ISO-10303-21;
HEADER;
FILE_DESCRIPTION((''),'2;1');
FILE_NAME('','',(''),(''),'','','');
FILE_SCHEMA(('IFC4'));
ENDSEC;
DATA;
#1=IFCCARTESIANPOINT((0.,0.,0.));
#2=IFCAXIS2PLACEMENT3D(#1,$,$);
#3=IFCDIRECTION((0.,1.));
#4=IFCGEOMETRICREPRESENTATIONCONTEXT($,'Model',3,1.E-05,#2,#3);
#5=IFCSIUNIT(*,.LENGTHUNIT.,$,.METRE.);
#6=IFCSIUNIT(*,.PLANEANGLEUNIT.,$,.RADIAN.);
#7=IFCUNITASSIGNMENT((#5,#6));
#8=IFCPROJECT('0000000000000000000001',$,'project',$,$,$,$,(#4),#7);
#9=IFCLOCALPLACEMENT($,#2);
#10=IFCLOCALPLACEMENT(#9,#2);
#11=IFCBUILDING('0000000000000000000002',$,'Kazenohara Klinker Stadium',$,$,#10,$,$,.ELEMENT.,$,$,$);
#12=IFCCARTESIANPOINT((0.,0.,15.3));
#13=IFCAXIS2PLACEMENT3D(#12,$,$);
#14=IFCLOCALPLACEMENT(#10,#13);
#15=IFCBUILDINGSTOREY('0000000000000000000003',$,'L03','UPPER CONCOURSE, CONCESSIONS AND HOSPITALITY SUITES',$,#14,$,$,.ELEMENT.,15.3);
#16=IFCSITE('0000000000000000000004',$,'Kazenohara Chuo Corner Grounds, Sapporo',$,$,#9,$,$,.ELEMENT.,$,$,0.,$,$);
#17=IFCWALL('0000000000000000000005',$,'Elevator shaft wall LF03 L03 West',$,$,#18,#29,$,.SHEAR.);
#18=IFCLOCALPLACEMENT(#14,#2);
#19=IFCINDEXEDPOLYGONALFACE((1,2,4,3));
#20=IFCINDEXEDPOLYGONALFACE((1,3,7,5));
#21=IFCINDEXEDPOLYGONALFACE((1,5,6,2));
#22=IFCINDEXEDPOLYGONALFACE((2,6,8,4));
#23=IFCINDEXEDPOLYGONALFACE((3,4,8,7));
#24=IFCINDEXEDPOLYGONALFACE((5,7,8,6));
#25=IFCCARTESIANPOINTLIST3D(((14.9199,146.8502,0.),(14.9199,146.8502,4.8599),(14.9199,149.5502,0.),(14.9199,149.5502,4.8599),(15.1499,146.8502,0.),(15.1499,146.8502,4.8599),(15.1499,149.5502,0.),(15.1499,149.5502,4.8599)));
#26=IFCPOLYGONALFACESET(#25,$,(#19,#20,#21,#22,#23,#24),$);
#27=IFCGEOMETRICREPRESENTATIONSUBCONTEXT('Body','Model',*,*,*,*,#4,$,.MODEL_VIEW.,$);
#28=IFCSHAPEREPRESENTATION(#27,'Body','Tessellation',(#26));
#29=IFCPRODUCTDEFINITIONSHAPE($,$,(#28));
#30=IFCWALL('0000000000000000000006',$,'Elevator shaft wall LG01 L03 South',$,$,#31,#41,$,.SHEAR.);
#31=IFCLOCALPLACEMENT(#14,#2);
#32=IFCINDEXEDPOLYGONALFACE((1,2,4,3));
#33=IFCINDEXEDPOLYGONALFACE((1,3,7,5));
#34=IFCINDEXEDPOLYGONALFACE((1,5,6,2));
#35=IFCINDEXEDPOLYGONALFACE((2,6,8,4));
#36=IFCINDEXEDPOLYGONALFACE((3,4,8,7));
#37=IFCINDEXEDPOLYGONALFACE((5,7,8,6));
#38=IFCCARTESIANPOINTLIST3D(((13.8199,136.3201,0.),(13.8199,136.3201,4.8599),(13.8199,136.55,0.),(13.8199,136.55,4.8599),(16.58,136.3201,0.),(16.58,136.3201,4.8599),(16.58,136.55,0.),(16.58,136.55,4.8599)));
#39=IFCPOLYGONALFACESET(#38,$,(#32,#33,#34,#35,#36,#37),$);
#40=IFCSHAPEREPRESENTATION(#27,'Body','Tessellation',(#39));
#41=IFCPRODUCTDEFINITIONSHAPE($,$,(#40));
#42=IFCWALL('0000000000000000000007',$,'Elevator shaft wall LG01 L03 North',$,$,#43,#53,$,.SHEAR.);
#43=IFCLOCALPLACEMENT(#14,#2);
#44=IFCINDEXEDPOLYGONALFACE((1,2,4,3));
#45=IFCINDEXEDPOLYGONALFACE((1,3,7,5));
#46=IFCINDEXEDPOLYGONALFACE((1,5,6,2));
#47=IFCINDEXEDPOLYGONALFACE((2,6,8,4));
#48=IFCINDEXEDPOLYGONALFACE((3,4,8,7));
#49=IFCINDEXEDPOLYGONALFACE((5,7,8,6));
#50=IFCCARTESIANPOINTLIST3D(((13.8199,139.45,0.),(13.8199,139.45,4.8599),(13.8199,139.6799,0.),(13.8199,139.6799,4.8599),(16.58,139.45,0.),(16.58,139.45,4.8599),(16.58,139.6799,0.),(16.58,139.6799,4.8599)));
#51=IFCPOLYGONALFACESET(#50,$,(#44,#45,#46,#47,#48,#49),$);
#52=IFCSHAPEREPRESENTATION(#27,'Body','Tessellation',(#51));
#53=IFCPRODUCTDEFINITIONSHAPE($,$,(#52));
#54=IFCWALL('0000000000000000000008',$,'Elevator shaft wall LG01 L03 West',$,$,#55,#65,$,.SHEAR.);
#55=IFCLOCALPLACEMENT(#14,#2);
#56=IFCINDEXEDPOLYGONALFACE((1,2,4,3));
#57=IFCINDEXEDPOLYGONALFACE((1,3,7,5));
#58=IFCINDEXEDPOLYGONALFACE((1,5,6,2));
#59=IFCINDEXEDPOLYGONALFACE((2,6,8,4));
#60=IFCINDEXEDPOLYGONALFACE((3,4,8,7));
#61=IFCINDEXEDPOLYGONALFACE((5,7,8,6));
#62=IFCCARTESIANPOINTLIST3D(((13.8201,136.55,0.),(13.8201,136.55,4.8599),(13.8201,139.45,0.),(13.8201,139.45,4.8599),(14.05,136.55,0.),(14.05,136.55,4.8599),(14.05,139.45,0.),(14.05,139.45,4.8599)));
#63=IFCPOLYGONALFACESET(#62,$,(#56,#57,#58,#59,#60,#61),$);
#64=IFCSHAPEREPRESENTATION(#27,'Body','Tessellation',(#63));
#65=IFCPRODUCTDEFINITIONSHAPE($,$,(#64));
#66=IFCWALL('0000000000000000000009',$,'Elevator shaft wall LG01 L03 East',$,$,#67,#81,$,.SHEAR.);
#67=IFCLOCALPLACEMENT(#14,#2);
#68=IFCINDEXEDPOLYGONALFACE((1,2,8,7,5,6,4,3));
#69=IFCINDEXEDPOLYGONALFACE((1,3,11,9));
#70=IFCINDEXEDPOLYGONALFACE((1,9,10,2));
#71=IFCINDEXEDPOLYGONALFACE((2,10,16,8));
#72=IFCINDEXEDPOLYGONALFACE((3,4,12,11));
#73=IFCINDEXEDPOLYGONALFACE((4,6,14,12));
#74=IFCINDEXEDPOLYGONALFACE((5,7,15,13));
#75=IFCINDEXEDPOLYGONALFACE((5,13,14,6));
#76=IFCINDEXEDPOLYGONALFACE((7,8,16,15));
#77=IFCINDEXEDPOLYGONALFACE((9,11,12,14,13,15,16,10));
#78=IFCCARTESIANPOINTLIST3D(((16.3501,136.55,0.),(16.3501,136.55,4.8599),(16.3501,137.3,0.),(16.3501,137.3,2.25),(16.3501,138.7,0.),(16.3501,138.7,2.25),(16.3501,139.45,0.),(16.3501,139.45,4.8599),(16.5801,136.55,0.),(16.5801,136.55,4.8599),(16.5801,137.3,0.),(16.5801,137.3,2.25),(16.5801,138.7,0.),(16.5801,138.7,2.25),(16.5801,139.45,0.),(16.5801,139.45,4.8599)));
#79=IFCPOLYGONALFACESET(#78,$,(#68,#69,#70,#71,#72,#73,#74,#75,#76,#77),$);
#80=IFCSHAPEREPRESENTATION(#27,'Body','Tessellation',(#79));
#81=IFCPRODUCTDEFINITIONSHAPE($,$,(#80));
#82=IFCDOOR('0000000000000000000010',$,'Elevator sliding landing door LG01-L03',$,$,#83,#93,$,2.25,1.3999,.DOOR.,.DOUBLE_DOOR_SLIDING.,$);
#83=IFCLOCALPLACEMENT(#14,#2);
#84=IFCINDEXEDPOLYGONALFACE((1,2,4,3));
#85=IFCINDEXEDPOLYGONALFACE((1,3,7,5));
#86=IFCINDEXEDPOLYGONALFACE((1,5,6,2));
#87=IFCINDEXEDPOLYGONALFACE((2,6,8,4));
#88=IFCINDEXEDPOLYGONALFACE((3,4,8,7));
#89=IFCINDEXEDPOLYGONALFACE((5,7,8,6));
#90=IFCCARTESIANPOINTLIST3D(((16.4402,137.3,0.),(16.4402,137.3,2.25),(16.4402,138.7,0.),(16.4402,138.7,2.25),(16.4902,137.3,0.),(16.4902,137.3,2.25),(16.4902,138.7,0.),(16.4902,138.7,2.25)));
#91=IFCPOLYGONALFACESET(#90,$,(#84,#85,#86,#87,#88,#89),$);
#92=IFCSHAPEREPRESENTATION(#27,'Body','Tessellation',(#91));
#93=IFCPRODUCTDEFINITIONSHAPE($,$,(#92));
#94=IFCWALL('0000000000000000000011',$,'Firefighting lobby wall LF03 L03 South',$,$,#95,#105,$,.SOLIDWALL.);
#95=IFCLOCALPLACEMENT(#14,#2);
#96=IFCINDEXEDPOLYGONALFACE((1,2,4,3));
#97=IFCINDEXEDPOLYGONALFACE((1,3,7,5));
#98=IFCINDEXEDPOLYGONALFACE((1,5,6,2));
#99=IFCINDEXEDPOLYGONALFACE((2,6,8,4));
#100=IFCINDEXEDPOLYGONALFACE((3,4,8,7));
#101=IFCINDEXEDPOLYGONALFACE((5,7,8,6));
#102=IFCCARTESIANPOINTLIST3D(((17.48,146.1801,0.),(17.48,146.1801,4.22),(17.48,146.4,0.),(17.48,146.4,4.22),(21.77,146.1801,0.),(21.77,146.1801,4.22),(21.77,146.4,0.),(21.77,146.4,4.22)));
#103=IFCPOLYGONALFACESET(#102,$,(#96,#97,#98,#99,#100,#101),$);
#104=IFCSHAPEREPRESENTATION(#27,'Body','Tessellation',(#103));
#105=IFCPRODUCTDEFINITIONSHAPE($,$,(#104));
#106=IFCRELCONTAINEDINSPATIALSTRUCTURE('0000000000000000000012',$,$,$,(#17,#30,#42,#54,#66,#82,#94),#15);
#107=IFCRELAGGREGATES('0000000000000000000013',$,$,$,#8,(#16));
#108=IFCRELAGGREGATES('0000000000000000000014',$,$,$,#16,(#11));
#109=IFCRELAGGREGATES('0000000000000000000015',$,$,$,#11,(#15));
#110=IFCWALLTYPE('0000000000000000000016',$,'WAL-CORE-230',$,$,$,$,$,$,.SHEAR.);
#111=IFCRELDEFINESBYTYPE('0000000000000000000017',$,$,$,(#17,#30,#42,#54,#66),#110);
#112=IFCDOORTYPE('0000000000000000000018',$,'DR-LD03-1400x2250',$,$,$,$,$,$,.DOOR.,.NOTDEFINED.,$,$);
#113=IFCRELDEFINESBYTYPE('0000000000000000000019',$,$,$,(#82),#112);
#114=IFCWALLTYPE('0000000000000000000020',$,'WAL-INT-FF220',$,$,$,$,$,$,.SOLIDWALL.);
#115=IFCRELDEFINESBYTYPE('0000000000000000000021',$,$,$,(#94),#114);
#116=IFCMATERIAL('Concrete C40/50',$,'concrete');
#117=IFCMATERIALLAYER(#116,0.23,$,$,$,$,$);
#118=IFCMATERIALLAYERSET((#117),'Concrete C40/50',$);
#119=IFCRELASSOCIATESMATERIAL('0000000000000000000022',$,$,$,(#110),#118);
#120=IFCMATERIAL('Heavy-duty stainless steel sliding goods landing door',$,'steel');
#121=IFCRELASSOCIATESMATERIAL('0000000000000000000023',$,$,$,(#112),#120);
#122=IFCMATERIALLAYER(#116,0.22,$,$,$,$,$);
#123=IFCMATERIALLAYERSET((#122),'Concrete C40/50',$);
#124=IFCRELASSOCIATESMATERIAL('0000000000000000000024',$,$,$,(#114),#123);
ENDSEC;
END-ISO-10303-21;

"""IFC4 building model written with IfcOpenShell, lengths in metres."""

from ifc_helpers import new_model, si_unit, direction, frame, frame_2d, origin, place, context, subcontext, project, spatial, rectangle, extrude, material, layer, layer_set, type_object, element, fill, save


model = new_model("IFC4")

# Units and contexts
model_context = context("Model", 3, precision=1e-05, world=origin(), true_north=direction((0.0, 1.0)))
body_context = subcontext(model_context, "Body", "Model", "MODEL_VIEW")
ifc_project = project(units=[si_unit("LENGTHUNIT", "METRE"), si_unit("PLANEANGLEUNIT", "RADIAN")], contexts=[model_context])

# Site, building, storey
site_placement = place(None, origin())
site = spatial("IfcSite", under=ifc_project, at=site_placement, Name="Kazenohara Chuo Corner Grounds, Sapporo", CompositionType="ELEMENT", RefElevation=0.0)
building_placement = place(site_placement, origin())
building = spatial("IfcBuilding", under=site, at=building_placement, Name="Kazenohara Klinker Stadium", CompositionType="ELEMENT")
storey_placement = place(building_placement, frame((0.0, 0.0, 15.3)))
storey = spatial("IfcBuildingStorey", under=building, at=storey_placement, Name="L03", Description="UPPER CONCOURSE, CONCESSIONS AND HOSPITALITY SUITES", CompositionType="ELEMENT", Elevation=15.3)

# Wall
ifc_material_1 = material(Name="Concrete C40/50", Category="concrete")
ifc_layer_1 = layer(ifc_material_1, 0.23)
ifc_layer_set_1 = layer_set([ifc_layer_1], Name="Concrete C40/50")
wall_type_1 = type_object("IfcWallType", Name="WAL-CORE-230", PredefinedType="SHEAR", material=ifc_layer_set_1)
wall_1_placement = place(storey_placement, frame((15.0349, 146.8501, 0.0), z_axis=(0.0, 0.0, 1.0), x_axis=(0.0, 1.0, 0.0)))
element("IfcWall", 1, at=wall_1_placement, inside=storey, type_object=wall_type_1, Name="Elevator shaft wall LF03 L03 West", PredefinedType="SHEAR", context=body_context, shape_type="SweptSolid", body=[
    extrude(rectangle(XDim=2.7, YDim=0.23, at=frame_2d((1.3501, 0.0))), origin(), (0.0, 0.0, 1.0), 4.8599),
])

# Walls
for number, where, z_axis, x_axis, name in (
    (2, (13.8201, 136.4351, 0.0), (0.0, 0.0, 1.0), (1.0, 0.0, 0.0), "Elevator shaft wall LG01 L03 South"),
    (3, (13.8201, 139.5649, 0.0), (0.0, 0.0, 1.0), (1.0, 0.0, 0.0), "Elevator shaft wall LG01 L03 North"),
):
    element("IfcWall", number, at=place(storey_placement, frame(where, z_axis=z_axis, x_axis=x_axis)), inside=storey, type_object=wall_type_1, Name=name, PredefinedType="SHEAR", context=body_context, shape_type="SweptSolid", body=[
        extrude(rectangle(XDim=2.76, YDim=0.23, at=frame_2d((1.3799, 0.0))), origin(), (0.0, 0.0, 1.0), 4.8599),
    ])
wall_2_placement = place(storey_placement, frame((13.9351, 136.55, 0.0), z_axis=(0.0, 0.0, 1.0), x_axis=(0.0, 1.0, 0.0)))
element("IfcWall", 4, at=wall_2_placement, inside=storey, type_object=wall_type_1, Name="Elevator shaft wall LG01 L03 West", PredefinedType="SHEAR", context=body_context, shape_type="SweptSolid", body=[
    extrude(rectangle(XDim=2.8999, YDim=0.23, at=frame_2d((1.45, 0.0))), origin(), (0.0, 0.0, 1.0), 4.8599),
])

# Wall, opening, door
wall_3_placement = place(storey_placement, frame((16.4651, 136.55, 0.0), z_axis=(0.0, 0.0, 1.0), x_axis=(0.0, 1.0, 0.0)))
wall_3 = element("IfcWall", 5, at=wall_3_placement, inside=storey, type_object=wall_type_1, Name="Elevator shaft wall LG01 L03 East", PredefinedType="SHEAR", context=body_context, shape_type="SweptSolid", body=[
    extrude(rectangle(XDim=2.8999, YDim=0.23, at=frame_2d((1.45, 0.0))), origin(), (0.0, 0.0, 1.0), 4.8599),
])
opening_1_placement = place(wall_3_placement, frame((0.75, 0.0, 0.0)))
opening_1 = element("IfcOpeningElement", 6, at=opening_1_placement, cuts=wall_3, PredefinedType="OPENING", context=body_context, shape_type="SweptSolid", body=[
    extrude(rectangle(XDim=1.3999, YDim=2.25, at=frame_2d((0.7, 1.125))), frame((0.0, 0.125, 0.0), z_axis=(0.0, -1.0, 0.0), x_axis=(1.0, 0.0, 0.0)), (0.0, 0.0, 1.0), 0.25),
])
ifc_material_2 = material(Name="Heavy-duty stainless steel sliding goods landing door", Category="steel")
door_type_1 = type_object("IfcDoorType", Name="DR-LD03-1400x2250", OperationType="NOTDEFINED", PredefinedType="DOOR", material=ifc_material_2)
door_1_placement = place(opening_1_placement, origin())
door_1 = element("IfcDoor", 7, at=door_1_placement, inside=storey, type_object=door_type_1, Name="Elevator sliding landing door LG01-L03", OperationType="DOUBLE_DOOR_SLIDING", OverallHeight=2.25, OverallWidth=1.3999, PredefinedType="DOOR", context=body_context, shape_type="SweptSolid", body=[
    extrude(rectangle(XDim=1.3999, YDim=2.25, at=frame_2d((0.7, 1.125))), frame((0.0, 0.0249, 0.0), z_axis=(0.0, -1.0, 0.0), x_axis=(1.0, 0.0, 0.0)), (0.0, 0.0, 1.0), 0.05),
])
fill(opening_1, door_1)

# Wall
ifc_layer_2 = layer(ifc_material_1, 0.22)
ifc_layer_set_2 = layer_set([ifc_layer_2], Name="Concrete C40/50")
wall_type_2 = type_object("IfcWallType", Name="WAL-INT-FF220", PredefinedType="SOLIDWALL", material=ifc_layer_set_2)
wall_4_placement = place(storey_placement, frame((17.48, 146.29, 0.0), z_axis=(0.0, 0.0, 1.0), x_axis=(1.0, 0.0, 0.0)))
element("IfcWall", 8, at=wall_4_placement, inside=storey, type_object=wall_type_2, Name="Firefighting lobby wall LF03 L03 South", PredefinedType="SOLIDWALL", context=body_context, shape_type="SweptSolid", body=[
    extrude(rectangle(XDim=4.29, YDim=0.22, at=frame_2d((2.145, 0.0))), origin(), (0.0, 0.0, 1.0), 4.22),
])

save(model, "model.ifc")
